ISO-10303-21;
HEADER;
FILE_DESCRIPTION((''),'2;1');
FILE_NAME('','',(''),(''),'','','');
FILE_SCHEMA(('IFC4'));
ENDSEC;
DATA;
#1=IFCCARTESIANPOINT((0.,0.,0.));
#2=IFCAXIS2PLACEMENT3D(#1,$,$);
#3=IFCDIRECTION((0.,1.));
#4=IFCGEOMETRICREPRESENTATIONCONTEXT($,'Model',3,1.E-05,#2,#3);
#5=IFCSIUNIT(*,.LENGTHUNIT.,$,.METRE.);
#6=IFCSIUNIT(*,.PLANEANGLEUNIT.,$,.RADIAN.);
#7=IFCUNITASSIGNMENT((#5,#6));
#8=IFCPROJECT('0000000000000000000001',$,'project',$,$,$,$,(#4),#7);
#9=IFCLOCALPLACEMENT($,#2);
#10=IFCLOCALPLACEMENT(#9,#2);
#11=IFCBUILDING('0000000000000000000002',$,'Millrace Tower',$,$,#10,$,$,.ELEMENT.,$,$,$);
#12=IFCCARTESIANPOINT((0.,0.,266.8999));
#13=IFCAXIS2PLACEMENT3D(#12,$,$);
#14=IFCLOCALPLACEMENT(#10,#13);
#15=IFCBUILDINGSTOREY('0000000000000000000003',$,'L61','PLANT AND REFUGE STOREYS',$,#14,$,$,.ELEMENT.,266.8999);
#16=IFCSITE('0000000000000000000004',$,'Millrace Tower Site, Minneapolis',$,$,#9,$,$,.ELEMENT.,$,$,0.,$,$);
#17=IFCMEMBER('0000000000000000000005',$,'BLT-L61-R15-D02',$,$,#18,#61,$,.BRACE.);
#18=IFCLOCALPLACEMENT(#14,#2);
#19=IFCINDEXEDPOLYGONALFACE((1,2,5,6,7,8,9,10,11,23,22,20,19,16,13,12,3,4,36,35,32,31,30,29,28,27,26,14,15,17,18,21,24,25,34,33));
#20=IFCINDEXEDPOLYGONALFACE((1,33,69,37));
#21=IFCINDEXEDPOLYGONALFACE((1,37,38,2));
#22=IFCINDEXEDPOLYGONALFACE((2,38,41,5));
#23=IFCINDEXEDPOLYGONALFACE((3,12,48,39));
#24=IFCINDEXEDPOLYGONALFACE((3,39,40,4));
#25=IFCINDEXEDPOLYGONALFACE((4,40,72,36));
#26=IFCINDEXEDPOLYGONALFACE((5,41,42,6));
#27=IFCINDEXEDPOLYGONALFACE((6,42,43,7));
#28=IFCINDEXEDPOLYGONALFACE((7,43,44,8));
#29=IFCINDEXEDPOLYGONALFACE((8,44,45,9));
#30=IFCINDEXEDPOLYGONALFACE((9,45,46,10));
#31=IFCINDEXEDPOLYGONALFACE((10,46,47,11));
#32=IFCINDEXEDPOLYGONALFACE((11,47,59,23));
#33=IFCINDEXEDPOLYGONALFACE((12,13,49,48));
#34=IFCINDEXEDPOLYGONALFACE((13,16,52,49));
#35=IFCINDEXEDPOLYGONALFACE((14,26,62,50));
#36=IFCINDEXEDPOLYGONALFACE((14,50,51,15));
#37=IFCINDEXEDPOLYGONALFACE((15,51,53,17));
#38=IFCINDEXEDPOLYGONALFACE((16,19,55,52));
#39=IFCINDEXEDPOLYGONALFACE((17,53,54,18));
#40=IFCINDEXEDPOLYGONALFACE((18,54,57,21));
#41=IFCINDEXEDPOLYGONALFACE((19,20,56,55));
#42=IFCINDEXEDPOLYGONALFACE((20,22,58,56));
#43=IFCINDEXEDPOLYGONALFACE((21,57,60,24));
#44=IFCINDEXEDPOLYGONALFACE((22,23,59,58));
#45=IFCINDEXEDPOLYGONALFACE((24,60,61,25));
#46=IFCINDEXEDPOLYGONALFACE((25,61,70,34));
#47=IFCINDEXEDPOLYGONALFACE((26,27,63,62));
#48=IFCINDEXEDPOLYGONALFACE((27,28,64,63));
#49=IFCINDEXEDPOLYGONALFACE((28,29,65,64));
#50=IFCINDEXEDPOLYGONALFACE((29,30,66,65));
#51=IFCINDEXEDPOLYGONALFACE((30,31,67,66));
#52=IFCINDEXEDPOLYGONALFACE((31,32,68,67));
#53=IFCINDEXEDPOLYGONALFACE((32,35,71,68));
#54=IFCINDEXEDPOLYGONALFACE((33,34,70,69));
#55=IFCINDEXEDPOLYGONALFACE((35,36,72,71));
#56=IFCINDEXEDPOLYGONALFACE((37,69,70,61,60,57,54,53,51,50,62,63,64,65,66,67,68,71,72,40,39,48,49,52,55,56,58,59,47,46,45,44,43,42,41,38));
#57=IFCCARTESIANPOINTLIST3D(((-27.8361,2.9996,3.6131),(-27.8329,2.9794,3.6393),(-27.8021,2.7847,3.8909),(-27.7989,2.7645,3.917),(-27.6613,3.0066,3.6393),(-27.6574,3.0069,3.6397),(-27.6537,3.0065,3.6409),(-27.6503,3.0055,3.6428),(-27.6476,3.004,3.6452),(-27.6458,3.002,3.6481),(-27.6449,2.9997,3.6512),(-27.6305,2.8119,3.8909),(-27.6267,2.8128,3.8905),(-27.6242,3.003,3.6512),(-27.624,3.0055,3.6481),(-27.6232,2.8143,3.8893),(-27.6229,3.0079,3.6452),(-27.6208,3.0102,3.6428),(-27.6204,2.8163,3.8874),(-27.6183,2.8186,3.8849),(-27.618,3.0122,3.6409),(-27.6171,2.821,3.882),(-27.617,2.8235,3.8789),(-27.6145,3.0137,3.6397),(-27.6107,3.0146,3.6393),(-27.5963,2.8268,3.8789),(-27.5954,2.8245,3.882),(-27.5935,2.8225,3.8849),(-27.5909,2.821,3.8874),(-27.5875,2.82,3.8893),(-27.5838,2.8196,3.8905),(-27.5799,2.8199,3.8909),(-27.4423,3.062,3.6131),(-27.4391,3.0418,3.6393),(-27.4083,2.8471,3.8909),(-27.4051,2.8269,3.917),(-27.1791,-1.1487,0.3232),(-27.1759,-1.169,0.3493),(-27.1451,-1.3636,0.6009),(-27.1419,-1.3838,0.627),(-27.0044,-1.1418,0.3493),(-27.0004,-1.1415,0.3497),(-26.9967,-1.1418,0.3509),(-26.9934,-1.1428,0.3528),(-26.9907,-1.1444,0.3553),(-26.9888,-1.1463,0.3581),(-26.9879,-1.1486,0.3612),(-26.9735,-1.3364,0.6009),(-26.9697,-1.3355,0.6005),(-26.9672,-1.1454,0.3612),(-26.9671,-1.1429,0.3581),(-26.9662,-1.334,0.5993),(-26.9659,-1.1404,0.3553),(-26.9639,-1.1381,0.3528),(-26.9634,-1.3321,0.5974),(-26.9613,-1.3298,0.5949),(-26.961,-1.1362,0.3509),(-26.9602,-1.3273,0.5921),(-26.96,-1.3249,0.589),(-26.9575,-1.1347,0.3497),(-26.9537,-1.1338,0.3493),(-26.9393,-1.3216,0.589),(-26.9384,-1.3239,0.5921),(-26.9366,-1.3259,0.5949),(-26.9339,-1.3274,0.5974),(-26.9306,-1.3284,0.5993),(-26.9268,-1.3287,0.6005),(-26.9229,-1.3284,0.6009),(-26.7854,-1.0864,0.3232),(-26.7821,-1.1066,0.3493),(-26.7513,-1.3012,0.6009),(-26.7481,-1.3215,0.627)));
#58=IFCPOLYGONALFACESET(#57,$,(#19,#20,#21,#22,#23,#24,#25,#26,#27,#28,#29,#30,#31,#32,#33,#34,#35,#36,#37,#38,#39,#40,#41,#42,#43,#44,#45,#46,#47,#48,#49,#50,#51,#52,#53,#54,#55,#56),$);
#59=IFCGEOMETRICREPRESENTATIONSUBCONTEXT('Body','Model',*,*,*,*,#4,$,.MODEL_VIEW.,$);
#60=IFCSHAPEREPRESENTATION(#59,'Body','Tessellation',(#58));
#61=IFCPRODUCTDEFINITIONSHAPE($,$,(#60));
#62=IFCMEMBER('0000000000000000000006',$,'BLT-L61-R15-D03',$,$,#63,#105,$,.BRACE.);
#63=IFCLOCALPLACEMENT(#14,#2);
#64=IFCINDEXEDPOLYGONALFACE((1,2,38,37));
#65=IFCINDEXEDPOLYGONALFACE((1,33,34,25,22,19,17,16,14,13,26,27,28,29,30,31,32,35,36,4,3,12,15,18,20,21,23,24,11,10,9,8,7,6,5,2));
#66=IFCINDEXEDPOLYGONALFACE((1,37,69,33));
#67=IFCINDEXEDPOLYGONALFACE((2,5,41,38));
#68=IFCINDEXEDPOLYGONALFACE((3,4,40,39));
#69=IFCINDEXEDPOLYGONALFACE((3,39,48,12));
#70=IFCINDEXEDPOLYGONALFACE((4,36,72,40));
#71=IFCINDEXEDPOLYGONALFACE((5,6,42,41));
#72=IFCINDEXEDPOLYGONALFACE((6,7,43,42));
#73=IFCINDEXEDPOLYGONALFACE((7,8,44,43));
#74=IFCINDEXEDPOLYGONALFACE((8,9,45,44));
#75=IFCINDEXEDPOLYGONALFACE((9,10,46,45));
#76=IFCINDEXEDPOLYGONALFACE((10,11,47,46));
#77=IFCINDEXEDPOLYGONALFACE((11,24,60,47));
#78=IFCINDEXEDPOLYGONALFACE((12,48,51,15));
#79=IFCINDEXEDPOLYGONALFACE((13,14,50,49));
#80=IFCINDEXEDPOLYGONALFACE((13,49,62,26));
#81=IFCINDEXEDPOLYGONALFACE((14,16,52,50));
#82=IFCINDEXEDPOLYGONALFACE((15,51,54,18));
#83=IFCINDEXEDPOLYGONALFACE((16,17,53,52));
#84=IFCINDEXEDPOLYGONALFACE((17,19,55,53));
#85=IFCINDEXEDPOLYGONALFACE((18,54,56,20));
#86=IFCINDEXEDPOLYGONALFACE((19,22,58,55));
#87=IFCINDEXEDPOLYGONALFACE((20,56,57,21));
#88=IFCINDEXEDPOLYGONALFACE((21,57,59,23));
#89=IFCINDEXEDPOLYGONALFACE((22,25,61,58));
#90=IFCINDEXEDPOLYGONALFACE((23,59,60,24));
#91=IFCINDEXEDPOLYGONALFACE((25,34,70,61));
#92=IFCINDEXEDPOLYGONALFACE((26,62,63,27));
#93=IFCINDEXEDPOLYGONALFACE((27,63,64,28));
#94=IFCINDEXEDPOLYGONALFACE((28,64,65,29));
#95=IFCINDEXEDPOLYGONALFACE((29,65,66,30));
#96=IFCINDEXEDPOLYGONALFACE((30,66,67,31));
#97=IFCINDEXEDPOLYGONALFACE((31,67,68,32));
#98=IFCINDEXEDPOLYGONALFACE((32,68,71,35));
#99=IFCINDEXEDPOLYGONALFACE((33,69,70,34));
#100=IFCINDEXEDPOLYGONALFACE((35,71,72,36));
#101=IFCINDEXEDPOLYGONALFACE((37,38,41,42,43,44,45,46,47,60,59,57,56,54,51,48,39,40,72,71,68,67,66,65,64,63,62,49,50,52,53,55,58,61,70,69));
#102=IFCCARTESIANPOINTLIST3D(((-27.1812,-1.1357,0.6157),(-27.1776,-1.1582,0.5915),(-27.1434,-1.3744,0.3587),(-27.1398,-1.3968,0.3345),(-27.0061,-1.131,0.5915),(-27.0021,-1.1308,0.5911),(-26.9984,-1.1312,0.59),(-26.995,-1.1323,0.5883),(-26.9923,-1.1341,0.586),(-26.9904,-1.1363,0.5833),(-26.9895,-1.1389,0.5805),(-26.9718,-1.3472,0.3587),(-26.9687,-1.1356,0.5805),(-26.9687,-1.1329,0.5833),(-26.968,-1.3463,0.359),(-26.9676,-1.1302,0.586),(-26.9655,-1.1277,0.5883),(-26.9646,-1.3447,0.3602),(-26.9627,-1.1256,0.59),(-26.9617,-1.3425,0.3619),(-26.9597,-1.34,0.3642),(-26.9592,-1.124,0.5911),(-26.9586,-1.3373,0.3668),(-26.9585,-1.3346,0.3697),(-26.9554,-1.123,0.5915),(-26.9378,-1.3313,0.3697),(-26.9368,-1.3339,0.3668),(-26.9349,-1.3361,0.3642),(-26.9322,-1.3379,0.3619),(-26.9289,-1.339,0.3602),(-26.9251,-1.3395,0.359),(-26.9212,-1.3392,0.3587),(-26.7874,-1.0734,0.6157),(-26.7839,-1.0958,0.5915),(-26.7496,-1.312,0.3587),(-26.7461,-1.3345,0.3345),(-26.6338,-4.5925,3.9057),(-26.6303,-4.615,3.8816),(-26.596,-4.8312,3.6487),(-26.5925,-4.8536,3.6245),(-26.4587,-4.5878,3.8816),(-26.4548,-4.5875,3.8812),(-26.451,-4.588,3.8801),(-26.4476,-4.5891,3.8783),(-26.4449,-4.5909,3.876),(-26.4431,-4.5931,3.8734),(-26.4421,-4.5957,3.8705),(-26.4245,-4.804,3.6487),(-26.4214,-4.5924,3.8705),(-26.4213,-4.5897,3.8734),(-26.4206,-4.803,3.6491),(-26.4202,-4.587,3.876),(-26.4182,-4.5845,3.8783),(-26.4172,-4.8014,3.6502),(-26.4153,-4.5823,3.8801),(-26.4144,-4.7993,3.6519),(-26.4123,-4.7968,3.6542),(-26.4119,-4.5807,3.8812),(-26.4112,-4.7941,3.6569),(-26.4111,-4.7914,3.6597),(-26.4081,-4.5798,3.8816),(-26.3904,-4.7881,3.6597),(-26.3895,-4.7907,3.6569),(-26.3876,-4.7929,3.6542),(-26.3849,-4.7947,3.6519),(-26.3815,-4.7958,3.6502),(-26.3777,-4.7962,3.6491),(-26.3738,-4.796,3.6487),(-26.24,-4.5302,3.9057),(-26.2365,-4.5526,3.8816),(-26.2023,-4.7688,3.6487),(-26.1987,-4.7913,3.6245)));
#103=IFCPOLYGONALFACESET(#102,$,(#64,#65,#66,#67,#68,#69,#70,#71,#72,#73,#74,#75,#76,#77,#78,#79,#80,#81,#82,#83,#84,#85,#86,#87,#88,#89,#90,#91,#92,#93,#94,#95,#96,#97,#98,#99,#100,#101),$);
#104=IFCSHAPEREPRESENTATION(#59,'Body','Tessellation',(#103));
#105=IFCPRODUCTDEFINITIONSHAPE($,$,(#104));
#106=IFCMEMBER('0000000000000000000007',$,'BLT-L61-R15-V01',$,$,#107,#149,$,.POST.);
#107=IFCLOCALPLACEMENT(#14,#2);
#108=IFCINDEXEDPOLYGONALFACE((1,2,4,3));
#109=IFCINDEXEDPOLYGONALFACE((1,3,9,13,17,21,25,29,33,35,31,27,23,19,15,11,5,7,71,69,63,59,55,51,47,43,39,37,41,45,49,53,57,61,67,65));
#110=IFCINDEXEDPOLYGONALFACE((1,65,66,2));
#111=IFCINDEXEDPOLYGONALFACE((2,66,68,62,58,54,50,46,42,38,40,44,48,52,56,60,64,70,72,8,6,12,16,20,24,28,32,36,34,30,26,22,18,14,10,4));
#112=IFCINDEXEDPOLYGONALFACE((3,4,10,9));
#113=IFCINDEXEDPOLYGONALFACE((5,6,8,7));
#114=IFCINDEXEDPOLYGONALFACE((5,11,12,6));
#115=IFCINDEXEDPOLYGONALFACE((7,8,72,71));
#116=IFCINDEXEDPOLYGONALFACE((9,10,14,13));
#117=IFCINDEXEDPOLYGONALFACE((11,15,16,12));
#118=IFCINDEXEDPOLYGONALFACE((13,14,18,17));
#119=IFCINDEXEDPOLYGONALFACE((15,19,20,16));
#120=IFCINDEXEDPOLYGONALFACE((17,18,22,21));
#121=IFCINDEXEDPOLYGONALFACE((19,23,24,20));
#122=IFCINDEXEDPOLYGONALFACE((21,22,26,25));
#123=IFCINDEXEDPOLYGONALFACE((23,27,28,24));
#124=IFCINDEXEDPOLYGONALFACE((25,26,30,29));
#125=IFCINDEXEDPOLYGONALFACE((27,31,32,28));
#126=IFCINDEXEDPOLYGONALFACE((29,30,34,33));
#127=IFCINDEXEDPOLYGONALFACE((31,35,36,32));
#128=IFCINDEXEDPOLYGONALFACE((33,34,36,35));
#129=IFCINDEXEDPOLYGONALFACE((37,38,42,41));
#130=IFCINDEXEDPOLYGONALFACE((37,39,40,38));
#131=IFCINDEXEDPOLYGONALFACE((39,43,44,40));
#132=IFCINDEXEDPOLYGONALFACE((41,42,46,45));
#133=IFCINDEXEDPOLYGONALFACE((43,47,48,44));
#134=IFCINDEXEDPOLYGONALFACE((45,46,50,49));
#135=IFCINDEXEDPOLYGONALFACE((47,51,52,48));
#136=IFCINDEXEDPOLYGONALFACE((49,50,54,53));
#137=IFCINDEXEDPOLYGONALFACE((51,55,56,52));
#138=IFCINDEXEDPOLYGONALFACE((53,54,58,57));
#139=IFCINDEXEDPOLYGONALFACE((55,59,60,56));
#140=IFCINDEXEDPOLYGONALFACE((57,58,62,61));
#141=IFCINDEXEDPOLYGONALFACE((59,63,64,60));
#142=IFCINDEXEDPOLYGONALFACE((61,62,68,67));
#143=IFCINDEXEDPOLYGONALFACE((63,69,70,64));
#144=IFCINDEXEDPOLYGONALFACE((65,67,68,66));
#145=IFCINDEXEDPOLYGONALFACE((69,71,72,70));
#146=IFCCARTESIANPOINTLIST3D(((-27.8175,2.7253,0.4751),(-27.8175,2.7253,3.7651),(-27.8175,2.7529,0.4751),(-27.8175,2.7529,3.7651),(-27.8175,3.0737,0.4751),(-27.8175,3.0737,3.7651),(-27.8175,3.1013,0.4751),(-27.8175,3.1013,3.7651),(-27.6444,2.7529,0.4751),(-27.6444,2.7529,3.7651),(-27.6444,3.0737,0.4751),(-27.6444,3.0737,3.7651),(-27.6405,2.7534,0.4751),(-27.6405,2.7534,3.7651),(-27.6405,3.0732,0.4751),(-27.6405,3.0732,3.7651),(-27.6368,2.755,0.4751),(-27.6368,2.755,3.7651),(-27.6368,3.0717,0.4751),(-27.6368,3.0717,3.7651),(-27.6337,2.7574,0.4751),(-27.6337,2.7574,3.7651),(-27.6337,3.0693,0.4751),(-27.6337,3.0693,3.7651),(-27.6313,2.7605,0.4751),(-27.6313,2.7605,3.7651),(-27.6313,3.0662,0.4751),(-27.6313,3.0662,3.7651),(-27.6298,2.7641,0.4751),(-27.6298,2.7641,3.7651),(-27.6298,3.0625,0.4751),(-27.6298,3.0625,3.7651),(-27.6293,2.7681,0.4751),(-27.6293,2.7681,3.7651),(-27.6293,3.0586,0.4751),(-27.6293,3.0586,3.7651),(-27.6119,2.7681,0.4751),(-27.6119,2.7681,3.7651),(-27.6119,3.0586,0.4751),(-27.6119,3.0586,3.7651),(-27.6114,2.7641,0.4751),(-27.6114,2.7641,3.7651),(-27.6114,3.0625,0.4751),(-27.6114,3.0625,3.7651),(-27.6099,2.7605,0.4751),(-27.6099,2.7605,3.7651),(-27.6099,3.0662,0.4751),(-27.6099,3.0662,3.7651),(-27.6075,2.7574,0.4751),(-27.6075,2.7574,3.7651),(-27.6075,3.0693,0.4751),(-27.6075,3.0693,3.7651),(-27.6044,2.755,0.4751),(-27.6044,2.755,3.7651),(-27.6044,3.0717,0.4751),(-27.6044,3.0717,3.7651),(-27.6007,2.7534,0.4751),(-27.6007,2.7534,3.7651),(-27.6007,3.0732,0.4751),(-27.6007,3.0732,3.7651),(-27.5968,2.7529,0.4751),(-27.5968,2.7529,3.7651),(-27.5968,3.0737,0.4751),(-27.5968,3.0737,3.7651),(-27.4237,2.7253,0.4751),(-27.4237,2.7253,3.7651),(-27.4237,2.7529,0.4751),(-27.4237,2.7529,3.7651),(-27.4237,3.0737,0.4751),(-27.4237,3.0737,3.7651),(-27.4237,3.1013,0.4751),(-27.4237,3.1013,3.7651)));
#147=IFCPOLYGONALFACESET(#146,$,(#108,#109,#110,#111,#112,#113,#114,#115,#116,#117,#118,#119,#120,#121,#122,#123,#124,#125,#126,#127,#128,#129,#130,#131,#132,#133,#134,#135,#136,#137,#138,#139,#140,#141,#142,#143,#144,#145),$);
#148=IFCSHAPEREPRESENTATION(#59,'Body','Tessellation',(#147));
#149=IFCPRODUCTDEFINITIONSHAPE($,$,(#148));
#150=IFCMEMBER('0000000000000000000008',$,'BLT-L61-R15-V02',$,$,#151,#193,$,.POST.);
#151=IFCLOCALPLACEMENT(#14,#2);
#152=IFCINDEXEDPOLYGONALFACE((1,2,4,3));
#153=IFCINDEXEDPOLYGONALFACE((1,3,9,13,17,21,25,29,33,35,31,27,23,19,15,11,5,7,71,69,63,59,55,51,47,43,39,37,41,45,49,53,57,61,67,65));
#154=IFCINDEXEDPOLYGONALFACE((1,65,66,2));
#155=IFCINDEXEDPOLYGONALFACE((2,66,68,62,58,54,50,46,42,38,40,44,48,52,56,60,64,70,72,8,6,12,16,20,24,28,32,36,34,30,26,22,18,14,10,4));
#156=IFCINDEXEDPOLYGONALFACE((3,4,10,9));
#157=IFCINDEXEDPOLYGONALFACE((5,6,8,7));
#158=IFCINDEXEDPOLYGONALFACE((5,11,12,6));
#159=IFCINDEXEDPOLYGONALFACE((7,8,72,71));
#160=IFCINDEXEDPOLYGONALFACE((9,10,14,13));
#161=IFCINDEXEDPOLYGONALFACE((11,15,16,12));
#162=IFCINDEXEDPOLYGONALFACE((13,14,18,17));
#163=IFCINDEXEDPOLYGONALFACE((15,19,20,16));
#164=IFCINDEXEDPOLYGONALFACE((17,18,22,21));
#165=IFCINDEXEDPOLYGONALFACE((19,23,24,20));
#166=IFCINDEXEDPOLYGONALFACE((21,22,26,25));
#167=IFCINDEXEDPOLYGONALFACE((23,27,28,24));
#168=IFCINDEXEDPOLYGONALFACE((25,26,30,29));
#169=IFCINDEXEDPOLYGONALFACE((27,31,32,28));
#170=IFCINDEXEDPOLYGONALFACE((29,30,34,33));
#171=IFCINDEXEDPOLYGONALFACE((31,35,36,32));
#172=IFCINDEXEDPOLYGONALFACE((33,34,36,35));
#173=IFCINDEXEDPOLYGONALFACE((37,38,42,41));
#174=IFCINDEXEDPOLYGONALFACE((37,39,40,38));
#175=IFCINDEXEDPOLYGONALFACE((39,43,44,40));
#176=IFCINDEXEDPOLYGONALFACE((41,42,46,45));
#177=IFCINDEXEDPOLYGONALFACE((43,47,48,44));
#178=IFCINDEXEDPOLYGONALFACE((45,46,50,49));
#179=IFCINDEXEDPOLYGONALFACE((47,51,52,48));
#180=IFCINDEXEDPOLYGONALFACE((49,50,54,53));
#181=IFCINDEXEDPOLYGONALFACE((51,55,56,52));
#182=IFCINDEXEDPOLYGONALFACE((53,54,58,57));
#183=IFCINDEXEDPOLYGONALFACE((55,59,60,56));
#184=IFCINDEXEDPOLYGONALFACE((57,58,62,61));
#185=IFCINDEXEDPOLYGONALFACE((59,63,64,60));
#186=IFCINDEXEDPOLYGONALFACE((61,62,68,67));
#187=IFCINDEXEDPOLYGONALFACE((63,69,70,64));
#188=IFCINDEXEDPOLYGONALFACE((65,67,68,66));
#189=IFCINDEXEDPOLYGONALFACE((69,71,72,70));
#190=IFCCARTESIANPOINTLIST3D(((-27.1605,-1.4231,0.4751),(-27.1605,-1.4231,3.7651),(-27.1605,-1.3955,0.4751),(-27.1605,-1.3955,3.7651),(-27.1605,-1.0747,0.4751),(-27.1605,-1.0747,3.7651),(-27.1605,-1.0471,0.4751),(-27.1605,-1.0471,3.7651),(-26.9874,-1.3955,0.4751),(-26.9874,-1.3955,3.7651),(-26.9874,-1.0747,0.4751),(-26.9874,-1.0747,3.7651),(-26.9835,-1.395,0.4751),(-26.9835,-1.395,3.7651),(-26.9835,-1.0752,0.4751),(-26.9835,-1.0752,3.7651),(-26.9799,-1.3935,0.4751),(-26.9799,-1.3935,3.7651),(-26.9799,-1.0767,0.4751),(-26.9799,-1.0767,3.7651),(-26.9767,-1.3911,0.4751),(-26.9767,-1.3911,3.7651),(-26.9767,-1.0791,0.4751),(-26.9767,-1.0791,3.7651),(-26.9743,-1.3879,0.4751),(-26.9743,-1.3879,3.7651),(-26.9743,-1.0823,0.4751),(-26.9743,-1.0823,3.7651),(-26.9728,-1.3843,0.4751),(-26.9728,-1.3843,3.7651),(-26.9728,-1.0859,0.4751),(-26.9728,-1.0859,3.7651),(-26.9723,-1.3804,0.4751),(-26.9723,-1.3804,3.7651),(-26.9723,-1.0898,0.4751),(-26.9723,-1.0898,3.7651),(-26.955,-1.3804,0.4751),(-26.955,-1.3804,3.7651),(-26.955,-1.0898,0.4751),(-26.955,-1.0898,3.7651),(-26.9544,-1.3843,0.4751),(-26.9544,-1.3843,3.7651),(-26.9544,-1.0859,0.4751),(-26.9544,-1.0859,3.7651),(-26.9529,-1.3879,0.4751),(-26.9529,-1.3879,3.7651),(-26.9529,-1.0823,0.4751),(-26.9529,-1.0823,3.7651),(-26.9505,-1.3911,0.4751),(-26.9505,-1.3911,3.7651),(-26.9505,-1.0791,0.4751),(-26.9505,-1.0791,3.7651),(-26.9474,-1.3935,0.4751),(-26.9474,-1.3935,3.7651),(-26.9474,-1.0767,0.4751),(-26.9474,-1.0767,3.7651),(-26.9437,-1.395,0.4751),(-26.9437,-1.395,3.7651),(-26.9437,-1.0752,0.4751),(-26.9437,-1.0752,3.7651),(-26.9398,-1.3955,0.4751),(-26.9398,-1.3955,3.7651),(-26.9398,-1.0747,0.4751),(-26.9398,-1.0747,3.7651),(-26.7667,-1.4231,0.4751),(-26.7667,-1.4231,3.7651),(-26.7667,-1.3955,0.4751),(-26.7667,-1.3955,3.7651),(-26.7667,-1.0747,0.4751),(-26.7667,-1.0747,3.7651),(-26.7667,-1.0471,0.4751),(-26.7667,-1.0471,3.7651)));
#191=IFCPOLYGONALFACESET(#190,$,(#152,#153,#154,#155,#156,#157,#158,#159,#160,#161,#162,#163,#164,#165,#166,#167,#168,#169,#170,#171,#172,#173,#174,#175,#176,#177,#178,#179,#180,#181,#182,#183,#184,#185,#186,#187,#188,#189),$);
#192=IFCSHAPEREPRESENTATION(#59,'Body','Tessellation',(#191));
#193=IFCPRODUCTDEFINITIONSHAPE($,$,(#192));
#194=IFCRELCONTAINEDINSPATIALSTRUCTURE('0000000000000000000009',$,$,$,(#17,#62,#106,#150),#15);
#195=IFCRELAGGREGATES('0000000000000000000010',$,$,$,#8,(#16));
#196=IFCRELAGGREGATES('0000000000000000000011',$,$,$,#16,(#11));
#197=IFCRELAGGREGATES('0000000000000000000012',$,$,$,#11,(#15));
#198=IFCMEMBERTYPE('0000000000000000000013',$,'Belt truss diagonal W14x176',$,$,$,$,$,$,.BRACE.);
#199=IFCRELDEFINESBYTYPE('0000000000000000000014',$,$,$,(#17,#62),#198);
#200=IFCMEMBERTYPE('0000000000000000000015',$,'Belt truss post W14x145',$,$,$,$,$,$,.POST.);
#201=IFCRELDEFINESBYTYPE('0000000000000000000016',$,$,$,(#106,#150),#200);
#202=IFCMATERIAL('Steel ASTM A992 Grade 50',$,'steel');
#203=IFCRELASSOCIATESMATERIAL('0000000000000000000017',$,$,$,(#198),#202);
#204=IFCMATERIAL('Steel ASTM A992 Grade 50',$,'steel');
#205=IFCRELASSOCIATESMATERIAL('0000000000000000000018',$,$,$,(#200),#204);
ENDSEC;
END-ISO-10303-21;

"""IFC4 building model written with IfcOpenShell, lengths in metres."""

from ifc_helpers import new_model, si_unit, direction, frame, origin, origin_2d, place, context, subcontext, project, spatial, i_section, extrude, material, material_profile, profile_set, type_object, element, save


model = new_model("IFC4")

# Units and contexts
model_context = context("Model", 3, precision=1e-05, world=origin(), true_north=direction((0.0, 1.0)))
body_context = subcontext(model_context, "Body", "Model", "MODEL_VIEW")
ifc_project = project(units=[si_unit("LENGTHUNIT", "METRE"), si_unit("PLANEANGLEUNIT", "RADIAN")], contexts=[model_context])

# Site, building, storey
site_placement = place(None, origin())
site = spatial("IfcSite", under=ifc_project, at=site_placement, Name="Millrace Tower Site, Minneapolis", CompositionType="ELEMENT", RefElevation=0.0)
building_placement = place(site_placement, origin())
building = spatial("IfcBuilding", under=site, at=building_placement, Name="Millrace Tower", CompositionType="ELEMENT")
storey_placement = place(building_placement, frame((0.0, 0.0, 266.8999)))
storey = spatial("IfcBuildingStorey", under=building, at=storey_placement, Name="L61", Description="PLANT AND REFUGE STOREYS", CompositionType="ELEMENT", Elevation=266.8999)

# Members
ifc_material_1 = material(Name="Steel ASTM A992 Grade 50", Category="steel")
ifc_material_profile_1 = material_profile(ifc_material_1, i_section(OverallWidth=0.3987, OverallDepth=0.386, WebThickness=0.021, FlangeThickness=0.0332, FilletRadius=0.0151, at=origin_2d()))
ifc_profile_set_1 = profile_set([ifc_material_profile_1], Name="Steel ASTM A992 Grade 50")
member_type_1 = type_object("IfcMemberType", Name="Belt truss diagonal W14x176", PredefinedType="BRACE", material=ifc_profile_set_1)
member_1_placement = place(storey_placement, frame((-26.9636, -1.2351, 0.4751), z_axis=(-0.123139, 0.777544, 0.616654), x_axis=(-0.987691, -0.156419, 0.0)))
element("IfcMember", 1, at=member_1_placement, inside=storey, type_object=member_type_1, Name="BLT-L61-R15-D02", PredefinedType="BRACE", context=body_context, shape_type="SweptSolid", body=[
    extrude(i_section(OverallWidth=0.3987, OverallDepth=0.386, WebThickness=0.021, FlangeThickness=0.0332, FilletRadius=0.0151, at=origin_2d()), origin(), (0.0, 0.0, 1.0), 5.3352),
])
member_2_placement = place(storey_placement, frame((-26.9636, -1.2351, 0.4751), z_axis=(0.113952, -0.719643, 0.684929), x_axis=(0.987694, 0.156396, 0.0)))
element("IfcMember", 2, at=member_2_placement, inside=storey, type_object=member_type_1, Name="BLT-L61-R15-D03", PredefinedType="BRACE", context=body_context, shape_type="SweptSolid", body=[
    extrude(i_section(OverallWidth=0.3987, OverallDepth=0.386, WebThickness=0.021, FlangeThickness=0.0332, FilletRadius=0.0151, at=origin_2d()), origin(), (0.0, 0.0, 1.0), 4.8035),
])
ifc_material_2 = material(Name="Steel ASTM A992 Grade 50", Category="steel")
ifc_material_profile_2 = material_profile(ifc_material_2, i_section(OverallWidth=0.3938, OverallDepth=0.376, WebThickness=0.0173, FlangeThickness=0.0276, FilletRadius=0.0151, at=origin_2d()))
ifc_profile_set_2 = profile_set([ifc_material_profile_2], Name="Steel ASTM A992 Grade 50")
member_type_2 = type_object("IfcMemberType", Name="Belt truss post W14x145", PredefinedType="POST", material=ifc_profile_set_2)
for number, where, z_axis, x_axis, name in (
    (3, (-27.6206, 2.9133, 0.4751), (0.0, 0.0, 1.0), (1.0, 0.0, 0.0), "BLT-L61-R15-V01"),
    (4, (-26.9636, -1.2351, 0.4751), (0.0, 0.0, 1.0), (1.0, 0.0, 0.0), "BLT-L61-R15-V02"),
):
    element("IfcMember", number, at=place(storey_placement, frame(where, z_axis=z_axis, x_axis=x_axis)), inside=storey, type_object=member_type_2, Name=name, PredefinedType="POST", context=body_context, shape_type="SweptSolid", body=[
        extrude(i_section(OverallWidth=0.3938, OverallDepth=0.376, WebThickness=0.0173, FlangeThickness=0.0276, FilletRadius=0.0151, at=origin_2d()), origin(), (0.0, 0.0, 1.0), 3.29),
    ])

save(model, "model.ifc")
